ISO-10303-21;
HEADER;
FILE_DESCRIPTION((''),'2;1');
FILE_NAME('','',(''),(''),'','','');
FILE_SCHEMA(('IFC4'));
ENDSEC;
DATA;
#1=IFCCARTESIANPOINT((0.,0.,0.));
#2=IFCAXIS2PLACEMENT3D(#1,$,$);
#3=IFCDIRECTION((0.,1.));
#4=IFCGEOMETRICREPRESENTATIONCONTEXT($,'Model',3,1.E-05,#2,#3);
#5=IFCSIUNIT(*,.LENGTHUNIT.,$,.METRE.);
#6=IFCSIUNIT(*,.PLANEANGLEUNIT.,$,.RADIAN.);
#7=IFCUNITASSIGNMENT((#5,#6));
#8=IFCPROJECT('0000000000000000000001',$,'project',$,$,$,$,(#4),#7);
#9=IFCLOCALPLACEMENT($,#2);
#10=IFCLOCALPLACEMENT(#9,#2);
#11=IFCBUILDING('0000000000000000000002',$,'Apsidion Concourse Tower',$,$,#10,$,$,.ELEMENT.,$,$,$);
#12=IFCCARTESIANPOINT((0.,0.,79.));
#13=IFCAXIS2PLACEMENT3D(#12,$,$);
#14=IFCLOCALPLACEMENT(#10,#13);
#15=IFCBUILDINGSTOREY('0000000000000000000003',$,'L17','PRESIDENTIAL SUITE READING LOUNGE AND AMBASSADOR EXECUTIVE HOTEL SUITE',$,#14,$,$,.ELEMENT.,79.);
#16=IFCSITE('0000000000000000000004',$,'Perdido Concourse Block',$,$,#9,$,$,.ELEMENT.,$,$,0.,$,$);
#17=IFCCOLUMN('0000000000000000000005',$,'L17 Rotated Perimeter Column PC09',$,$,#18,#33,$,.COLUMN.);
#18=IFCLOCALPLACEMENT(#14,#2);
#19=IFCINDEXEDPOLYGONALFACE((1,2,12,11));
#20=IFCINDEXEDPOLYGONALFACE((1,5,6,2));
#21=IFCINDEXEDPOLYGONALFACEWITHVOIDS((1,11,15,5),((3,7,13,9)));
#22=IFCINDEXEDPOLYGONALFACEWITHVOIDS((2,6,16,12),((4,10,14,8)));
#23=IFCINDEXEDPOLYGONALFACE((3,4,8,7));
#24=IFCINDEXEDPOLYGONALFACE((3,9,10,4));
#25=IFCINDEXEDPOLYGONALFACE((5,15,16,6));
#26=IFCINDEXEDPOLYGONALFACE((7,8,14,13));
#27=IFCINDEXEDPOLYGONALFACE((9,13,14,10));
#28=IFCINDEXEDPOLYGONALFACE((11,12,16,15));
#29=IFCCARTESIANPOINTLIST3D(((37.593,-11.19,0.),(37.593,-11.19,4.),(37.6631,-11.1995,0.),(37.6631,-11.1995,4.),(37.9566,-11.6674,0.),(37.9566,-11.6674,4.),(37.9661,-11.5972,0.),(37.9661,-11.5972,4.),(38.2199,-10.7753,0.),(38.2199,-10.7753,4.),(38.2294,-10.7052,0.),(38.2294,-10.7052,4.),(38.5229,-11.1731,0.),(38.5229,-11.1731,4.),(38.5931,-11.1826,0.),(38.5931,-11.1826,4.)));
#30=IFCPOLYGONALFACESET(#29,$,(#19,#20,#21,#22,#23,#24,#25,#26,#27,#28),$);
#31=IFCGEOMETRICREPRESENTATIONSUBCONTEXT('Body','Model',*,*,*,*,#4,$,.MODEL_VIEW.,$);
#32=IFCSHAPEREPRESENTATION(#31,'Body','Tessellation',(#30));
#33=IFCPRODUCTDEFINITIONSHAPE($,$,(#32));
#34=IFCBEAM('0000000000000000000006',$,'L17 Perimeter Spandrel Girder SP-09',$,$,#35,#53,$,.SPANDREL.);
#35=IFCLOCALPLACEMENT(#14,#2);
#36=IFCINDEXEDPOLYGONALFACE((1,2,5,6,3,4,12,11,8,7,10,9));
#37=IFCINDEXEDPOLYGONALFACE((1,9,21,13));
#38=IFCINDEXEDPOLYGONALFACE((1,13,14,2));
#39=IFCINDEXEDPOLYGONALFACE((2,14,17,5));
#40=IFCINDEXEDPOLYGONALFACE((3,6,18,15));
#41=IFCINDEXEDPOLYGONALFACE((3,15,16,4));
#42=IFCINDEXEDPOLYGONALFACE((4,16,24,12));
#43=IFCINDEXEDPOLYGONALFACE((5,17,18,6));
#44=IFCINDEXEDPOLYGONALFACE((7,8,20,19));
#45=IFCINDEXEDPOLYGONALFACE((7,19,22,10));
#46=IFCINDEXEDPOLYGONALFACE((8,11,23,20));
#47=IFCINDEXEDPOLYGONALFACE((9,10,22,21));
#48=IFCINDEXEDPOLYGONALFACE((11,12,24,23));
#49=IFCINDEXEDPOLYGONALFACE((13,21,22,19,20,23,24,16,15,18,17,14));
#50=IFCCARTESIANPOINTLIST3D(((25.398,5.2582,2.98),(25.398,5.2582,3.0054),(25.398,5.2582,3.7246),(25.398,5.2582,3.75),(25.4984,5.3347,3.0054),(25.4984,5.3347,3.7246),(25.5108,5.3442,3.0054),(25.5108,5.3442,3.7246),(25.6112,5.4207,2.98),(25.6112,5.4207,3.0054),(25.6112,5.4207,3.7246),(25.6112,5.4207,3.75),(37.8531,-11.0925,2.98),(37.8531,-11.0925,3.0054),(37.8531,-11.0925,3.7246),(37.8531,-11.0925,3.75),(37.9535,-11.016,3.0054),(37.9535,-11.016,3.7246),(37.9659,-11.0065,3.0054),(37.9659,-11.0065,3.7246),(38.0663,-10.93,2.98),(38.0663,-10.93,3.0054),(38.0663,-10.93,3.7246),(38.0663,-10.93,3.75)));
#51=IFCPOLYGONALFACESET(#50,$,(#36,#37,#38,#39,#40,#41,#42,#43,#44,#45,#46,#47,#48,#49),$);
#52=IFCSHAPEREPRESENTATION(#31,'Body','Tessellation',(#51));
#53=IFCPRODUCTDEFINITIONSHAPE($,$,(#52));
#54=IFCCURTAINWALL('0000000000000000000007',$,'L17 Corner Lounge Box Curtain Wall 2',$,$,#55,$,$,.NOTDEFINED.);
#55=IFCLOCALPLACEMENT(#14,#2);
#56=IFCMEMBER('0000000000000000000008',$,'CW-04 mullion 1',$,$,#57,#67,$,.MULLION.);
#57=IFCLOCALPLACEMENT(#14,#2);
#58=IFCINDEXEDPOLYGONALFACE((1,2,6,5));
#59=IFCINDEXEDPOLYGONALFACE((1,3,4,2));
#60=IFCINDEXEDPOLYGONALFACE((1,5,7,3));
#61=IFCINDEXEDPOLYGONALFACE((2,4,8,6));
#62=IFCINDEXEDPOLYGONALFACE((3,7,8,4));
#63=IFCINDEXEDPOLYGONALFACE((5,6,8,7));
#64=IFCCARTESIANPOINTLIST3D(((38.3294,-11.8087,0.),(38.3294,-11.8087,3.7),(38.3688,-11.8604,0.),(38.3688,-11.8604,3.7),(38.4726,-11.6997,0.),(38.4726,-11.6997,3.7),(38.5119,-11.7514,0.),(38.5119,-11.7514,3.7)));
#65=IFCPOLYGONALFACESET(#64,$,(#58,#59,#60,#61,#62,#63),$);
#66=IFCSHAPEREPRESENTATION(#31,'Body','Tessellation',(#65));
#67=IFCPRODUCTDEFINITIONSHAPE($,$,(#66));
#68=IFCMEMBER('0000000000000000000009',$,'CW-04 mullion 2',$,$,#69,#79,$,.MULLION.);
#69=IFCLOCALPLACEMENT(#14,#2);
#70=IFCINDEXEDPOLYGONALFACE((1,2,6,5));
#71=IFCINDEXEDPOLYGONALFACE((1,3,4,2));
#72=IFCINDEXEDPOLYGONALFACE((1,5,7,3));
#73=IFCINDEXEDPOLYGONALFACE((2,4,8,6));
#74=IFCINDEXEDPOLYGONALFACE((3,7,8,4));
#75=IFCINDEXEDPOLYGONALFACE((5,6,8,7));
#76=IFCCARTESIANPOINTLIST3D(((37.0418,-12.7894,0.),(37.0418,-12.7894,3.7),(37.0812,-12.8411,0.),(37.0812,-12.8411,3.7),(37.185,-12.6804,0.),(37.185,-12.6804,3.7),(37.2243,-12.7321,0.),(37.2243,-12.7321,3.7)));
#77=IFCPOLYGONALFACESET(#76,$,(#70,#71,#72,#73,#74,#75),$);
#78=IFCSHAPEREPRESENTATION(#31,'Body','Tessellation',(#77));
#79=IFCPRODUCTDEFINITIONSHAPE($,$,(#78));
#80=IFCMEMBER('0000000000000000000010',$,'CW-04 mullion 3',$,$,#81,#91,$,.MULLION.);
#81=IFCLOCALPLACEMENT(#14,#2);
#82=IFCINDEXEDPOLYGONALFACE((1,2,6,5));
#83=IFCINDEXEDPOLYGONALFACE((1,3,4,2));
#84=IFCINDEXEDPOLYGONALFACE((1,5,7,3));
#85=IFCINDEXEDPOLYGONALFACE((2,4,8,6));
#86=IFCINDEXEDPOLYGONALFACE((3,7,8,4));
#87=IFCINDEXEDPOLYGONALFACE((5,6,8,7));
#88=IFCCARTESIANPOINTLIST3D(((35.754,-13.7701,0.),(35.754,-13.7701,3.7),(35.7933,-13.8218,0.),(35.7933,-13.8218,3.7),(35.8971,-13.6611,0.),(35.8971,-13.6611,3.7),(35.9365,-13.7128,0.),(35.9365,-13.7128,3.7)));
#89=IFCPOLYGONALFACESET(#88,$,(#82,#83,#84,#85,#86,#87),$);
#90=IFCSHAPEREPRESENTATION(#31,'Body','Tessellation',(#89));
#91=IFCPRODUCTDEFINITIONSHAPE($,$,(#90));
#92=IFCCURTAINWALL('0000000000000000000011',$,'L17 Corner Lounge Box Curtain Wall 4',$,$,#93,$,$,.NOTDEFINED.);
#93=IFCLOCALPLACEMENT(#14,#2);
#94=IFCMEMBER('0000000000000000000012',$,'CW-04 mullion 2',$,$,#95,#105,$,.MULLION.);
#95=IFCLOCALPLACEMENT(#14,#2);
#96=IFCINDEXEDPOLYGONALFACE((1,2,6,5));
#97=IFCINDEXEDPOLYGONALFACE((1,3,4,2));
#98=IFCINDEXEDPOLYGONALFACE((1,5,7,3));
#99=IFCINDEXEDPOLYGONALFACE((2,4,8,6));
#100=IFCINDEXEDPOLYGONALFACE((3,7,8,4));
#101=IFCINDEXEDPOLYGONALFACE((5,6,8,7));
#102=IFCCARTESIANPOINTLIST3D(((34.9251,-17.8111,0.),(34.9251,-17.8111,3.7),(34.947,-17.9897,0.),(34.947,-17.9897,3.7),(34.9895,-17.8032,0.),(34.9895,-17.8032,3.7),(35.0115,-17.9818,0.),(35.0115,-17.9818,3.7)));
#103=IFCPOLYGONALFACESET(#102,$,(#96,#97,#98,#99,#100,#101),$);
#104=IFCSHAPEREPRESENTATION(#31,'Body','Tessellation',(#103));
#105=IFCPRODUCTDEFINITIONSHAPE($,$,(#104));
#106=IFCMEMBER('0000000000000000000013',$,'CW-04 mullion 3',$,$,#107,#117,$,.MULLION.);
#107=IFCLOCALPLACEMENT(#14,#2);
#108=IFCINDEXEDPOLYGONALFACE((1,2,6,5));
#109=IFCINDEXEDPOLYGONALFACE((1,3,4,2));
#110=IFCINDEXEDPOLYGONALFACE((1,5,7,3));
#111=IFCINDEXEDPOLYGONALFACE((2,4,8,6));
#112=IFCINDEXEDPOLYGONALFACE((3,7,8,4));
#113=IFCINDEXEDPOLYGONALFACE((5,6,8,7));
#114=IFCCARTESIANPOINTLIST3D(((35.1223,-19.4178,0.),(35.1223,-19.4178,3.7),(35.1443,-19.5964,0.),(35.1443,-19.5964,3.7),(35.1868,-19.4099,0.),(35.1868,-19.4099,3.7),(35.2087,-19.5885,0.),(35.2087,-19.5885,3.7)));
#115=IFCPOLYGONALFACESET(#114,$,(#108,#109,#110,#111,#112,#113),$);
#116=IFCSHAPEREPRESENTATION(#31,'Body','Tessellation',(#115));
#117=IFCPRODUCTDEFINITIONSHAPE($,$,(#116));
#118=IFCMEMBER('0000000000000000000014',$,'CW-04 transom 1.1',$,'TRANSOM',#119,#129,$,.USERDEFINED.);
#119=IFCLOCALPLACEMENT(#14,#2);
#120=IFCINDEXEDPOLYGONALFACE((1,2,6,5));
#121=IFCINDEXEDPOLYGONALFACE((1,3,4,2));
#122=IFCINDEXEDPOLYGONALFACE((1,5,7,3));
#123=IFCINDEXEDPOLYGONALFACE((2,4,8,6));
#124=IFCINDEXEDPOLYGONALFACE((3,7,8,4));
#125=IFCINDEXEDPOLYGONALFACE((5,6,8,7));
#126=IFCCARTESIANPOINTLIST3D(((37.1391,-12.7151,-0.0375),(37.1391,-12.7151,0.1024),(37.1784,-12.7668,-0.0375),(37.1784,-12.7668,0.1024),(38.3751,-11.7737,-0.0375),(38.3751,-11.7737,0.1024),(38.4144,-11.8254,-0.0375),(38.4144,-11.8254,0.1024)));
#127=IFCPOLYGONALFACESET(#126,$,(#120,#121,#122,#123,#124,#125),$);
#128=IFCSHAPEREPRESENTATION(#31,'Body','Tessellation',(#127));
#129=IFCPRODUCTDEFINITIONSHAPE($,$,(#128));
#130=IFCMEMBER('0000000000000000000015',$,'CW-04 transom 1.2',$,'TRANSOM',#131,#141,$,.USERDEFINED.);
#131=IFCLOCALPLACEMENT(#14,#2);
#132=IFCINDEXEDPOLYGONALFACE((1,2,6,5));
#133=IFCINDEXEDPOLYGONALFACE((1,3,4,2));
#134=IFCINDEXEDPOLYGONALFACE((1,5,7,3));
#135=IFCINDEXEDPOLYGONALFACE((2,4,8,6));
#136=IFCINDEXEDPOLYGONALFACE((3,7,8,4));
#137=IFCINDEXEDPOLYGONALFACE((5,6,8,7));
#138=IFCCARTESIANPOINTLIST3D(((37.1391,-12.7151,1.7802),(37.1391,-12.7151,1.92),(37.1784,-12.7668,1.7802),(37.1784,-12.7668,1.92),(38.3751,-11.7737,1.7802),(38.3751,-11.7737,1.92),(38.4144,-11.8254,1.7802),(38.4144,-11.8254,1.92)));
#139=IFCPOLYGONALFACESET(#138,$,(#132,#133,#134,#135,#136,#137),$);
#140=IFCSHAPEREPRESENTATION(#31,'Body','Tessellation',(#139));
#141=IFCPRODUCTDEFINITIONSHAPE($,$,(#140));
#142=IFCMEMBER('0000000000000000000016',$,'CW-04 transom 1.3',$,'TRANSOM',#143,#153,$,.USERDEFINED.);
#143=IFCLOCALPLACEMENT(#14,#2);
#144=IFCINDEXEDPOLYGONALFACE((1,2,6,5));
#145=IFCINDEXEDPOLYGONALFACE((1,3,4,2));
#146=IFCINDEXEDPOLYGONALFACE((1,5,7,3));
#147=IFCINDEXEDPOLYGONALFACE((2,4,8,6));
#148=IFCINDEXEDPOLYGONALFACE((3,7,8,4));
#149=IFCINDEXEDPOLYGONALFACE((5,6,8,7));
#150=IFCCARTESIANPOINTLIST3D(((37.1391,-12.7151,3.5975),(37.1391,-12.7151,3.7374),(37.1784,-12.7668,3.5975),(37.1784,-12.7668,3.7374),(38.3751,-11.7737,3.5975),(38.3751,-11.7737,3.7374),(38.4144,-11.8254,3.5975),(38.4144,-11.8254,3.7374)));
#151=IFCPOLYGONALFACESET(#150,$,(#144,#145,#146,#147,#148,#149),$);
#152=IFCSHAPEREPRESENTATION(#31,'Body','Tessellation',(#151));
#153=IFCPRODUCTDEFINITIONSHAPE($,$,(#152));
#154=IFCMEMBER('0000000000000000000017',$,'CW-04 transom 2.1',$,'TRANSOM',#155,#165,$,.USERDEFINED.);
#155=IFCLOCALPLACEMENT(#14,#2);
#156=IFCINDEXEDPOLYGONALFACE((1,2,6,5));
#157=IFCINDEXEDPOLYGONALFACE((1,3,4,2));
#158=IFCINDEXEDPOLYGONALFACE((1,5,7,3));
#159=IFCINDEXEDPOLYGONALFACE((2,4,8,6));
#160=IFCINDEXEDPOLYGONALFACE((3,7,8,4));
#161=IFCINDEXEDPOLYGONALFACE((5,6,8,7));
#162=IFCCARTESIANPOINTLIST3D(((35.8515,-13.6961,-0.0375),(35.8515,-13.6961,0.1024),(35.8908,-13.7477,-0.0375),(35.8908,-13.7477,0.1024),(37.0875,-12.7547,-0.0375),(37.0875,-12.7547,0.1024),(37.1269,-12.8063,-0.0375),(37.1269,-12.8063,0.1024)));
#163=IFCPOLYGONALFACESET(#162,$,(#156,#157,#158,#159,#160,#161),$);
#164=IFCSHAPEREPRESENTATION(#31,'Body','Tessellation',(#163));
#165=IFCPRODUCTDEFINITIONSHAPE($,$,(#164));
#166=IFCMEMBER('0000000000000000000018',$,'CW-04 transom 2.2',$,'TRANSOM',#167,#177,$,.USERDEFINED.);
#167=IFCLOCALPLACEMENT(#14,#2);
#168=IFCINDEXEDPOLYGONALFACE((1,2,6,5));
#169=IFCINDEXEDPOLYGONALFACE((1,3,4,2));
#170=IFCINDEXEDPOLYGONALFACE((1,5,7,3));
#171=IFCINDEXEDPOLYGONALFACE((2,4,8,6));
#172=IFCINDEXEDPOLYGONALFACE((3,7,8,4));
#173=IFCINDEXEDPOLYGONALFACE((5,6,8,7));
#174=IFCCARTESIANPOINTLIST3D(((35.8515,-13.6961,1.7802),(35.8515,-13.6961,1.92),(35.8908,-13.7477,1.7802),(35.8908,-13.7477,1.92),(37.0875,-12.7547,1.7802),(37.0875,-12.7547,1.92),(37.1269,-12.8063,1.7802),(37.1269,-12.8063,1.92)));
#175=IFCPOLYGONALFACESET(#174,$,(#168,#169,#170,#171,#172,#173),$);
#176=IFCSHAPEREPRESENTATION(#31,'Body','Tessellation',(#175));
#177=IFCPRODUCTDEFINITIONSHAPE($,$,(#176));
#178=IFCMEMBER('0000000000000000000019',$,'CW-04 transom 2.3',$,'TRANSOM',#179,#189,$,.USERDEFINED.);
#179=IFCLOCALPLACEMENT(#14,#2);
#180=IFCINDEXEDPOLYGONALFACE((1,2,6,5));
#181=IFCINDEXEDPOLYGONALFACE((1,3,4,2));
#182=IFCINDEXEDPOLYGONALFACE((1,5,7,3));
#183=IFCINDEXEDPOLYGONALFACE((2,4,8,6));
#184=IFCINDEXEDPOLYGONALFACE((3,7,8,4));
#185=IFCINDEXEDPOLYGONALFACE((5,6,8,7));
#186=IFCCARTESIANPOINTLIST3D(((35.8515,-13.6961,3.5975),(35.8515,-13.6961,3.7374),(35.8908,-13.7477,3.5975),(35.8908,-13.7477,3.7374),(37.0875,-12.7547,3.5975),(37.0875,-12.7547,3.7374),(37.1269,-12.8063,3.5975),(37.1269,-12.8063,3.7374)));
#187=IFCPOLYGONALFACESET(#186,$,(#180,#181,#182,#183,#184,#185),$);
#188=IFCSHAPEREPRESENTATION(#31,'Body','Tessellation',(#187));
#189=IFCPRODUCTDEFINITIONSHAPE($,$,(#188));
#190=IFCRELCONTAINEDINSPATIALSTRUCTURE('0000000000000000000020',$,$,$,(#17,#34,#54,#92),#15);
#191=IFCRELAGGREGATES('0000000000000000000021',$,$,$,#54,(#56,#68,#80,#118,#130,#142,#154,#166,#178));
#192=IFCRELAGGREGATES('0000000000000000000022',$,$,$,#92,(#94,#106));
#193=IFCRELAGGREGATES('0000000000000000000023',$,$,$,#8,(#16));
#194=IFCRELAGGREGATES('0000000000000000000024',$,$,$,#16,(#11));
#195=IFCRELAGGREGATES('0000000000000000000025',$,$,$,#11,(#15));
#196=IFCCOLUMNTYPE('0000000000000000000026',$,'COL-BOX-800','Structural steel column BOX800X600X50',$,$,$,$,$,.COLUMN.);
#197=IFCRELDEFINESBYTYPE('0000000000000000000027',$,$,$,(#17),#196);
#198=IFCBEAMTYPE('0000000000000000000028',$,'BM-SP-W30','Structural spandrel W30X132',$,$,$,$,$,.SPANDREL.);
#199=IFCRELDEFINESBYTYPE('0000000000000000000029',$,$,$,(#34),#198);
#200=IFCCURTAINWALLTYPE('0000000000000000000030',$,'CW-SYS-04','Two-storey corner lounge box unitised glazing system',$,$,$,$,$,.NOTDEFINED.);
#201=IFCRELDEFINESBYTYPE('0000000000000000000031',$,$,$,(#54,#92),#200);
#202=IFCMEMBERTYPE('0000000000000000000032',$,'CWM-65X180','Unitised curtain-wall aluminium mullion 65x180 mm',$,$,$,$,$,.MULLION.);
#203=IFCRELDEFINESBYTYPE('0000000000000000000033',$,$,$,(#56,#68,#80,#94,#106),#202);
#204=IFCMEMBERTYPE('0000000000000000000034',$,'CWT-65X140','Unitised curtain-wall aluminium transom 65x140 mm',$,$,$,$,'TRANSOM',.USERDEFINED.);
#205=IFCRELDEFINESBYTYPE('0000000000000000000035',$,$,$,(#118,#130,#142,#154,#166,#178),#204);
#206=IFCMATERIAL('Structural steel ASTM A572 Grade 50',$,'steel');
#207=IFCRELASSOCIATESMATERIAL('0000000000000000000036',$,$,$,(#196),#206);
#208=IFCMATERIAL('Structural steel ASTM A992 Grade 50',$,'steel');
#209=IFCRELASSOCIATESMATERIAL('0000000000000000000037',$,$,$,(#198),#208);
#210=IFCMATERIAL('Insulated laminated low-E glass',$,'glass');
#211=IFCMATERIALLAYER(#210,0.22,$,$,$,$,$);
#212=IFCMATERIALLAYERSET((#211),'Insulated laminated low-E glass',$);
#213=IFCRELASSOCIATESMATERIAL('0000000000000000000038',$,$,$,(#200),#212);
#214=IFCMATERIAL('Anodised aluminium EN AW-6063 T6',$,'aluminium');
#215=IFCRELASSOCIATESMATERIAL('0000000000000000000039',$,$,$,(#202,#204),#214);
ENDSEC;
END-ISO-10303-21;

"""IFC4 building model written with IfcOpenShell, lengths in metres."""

from ifc_helpers import new_model, si_unit, direction, frame, origin, origin_2d, place, context, subcontext, project, spatial, rectangle, hollow_rectangle, i_section, extrude, material, layer, layer_set, material_profile, profile_set, type_object, element, aggregate, save


model = new_model("IFC4")

# Units and contexts
model_context = context("Model", 3, precision=1e-05, world=origin(), true_north=direction((0.0, 1.0)))
body_context = subcontext(model_context, "Body", "Model", "MODEL_VIEW")
ifc_project = project(units=[si_unit("LENGTHUNIT", "METRE"), si_unit("PLANEANGLEUNIT", "RADIAN")], contexts=[model_context])

# Site, building, storey
site_placement = place(None, origin())
site = spatial("IfcSite", under=ifc_project, at=site_placement, Name="Perdido Concourse Block", CompositionType="ELEMENT", RefElevation=0.0)
building_placement = place(site_placement, origin())
building = spatial("IfcBuilding", under=site, at=building_placement, Name="Apsidion Concourse Tower", CompositionType="ELEMENT")
storey_placement = place(building_placement, frame((0.0, 0.0, 79.0)))
storey = spatial("IfcBuildingStorey", under=building, at=storey_placement, Name="L17", Description="PRESIDENTIAL SUITE READING LOUNGE AND AMBASSADOR EXECUTIVE HOTEL SUITE", CompositionType="ELEMENT", Elevation=79.0)

# Column
ifc_material_1 = material(Name="Structural steel ASTM A572 Grade 50", Category="steel")
ifc_material_profile_1 = material_profile(ifc_material_1, hollow_rectangle(XDim=0.6001, YDim=0.8, WallThickness=0.05, at=origin_2d()), Name="BOX800X600X50")
ifc_profile_set_1 = profile_set([ifc_material_profile_1], Name="Structural steel ASTM A572 Grade 50")
column_type = type_object("IfcColumnType", Name="COL-BOX-800", Description="Structural steel column BOX800X600X50", PredefinedType="COLUMN", material=ifc_profile_set_1)
column_placement = place(storey_placement, frame((38.093, -11.1863, 0.0), z_axis=(0.0, 0.0, 1.0), x_axis=(-0.605988, 0.795473, 0.0)))
element("IfcColumn", 1, at=column_placement, inside=storey, type_object=column_type, Name="L17 Rotated Perimeter Column PC09", PredefinedType="COLUMN", context=body_context, shape_type="SweptSolid", body=[
    extrude(hollow_rectangle(XDim=0.6001, YDim=0.8, WallThickness=0.05, at=origin_2d()), origin(), (0.0, 0.0, 1.0), 4.0),
])

# Beam
ifc_material_2 = material(Name="Structural steel ASTM A992 Grade 50", Category="steel")
ifc_material_profile_2 = material_profile(ifc_material_2, i_section(OverallWidth=0.2681, OverallDepth=0.77, WebThickness=0.0156, FlangeThickness=0.0254, at=origin_2d()), Name="W30X132")
ifc_profile_set_2 = profile_set([ifc_material_profile_2], Name="Structural steel ASTM A992 Grade 50")
beam_type = type_object("IfcBeamType", Name="BM-SP-W30", Description="Structural spandrel W30X132", PredefinedType="SPANDREL", material=ifc_profile_set_2)
beam_placement = place(storey_placement, frame((37.9597, -11.0112, 3.365), z_axis=(-0.605966, 0.795491, 0.0), x_axis=(-0.795491, -0.605966, 0.0)))
element("IfcBeam", 2, at=beam_placement, inside=storey, type_object=beam_type, Name="L17 Perimeter Spandrel Girder SP-09", PredefinedType="SPANDREL", context=body_context, shape_type="SweptSolid", body=[
    extrude(i_section(OverallWidth=0.2681, OverallDepth=0.77, WebThickness=0.0156, FlangeThickness=0.0254, at=origin_2d()), origin(), (0.0, 0.0, 1.0), 20.5542),
])

# Curtain walls, members
ifc_material_3 = material(Name="Insulated laminated low-E glass", Category="glass")
ifc_layer_1 = layer(ifc_material_3, 0.22)
ifc_layer_set_1 = layer_set([ifc_layer_1], Name="Insulated laminated low-E glass")
curtain_wall_type = type_object("IfcCurtainWallType", Name="CW-SYS-04", Description="Two-storey corner lounge box unitised glazing system", PredefinedType="NOTDEFINED", material=ifc_layer_set_1)
curtain_wall_1_placement = place(storey_placement, origin())
curtain_wall_1 = element("IfcCurtainWall", 3, at=curtain_wall_1_placement, inside=storey, type_object=curtain_wall_type, Name="L17 Corner Lounge Box Curtain Wall 2", PredefinedType="NOTDEFINED")
ifc_material_4 = material(Name="Anodised aluminium EN AW-6063 T6", Category="aluminium")
ifc_material_profile_3 = material_profile(ifc_material_4, rectangle(XDim=0.0649, YDim=0.1799, at=origin_2d()), Name="ALU MULLION 65x180")
ifc_profile_set_3 = profile_set([ifc_material_profile_3], Name="Anodised aluminium EN AW-6063 T6")
member_type_1 = type_object("IfcMemberType", Name="CWM-65X180", Description="Unitised curtain-wall aluminium mullion 65x180 mm", PredefinedType="MULLION", material=ifc_profile_set_3)
member_1_placement = place(storey_placement, frame((38.4207, -11.78, 0.0), z_axis=(0.0, 0.0, 1.0), x_axis=(0.60588, -0.795556, 0.0)))
member_1 = element("IfcMember", 4, at=member_1_placement, type_object=member_type_1, Name="CW-04 mullion 1", PredefinedType="MULLION", context=body_context, shape_type="SweptSolid", body=[
    extrude(rectangle(XDim=0.0649, YDim=0.1799, at=origin_2d()), origin(), (0.0, 0.0, 1.0), 3.7),
])
member_2_placement = place(storey_placement, frame((37.1331, -12.7607, 0.0), z_axis=(0.0, 0.0, 1.0), x_axis=(0.60588, -0.795556, 0.0)))
member_2 = element("IfcMember", 5, at=member_2_placement, type_object=member_type_1, Name="CW-04 mullion 2", PredefinedType="MULLION", context=body_context, shape_type="SweptSolid", body=[
    extrude(rectangle(XDim=0.0649, YDim=0.1799, at=origin_2d()), origin(), (0.0, 0.0, 1.0), 3.7),
])
member_3_placement = place(storey_placement, frame((35.8452, -13.7415, 0.0), z_axis=(0.0, 0.0, 1.0), x_axis=(0.60588, -0.795556, 0.0)))
member_3 = element("IfcMember", 6, at=member_3_placement, type_object=member_type_1, Name="CW-04 mullion 3", PredefinedType="MULLION", context=body_context, shape_type="SweptSolid", body=[
    extrude(rectangle(XDim=0.0649, YDim=0.1799, at=origin_2d()), origin(), (0.0, 0.0, 1.0), 3.7),
])
curtain_wall_2_placement = place(storey_placement, origin())
curtain_wall_2 = element("IfcCurtainWall", 7, at=curtain_wall_2_placement, inside=storey, type_object=curtain_wall_type, Name="L17 Corner Lounge Box Curtain Wall 4", PredefinedType="NOTDEFINED")
member_4_placement = place(storey_placement, frame((34.9683, -17.8965, 0.0), z_axis=(0.0, 0.0, 1.0), x_axis=(0.992545, 0.121877, 0.0)))
member_4 = element("IfcMember", 8, at=member_4_placement, type_object=member_type_1, Name="CW-04 mullion 2", PredefinedType="MULLION", context=body_context, shape_type="SweptSolid", body=[
    extrude(rectangle(XDim=0.0649, YDim=0.1799, at=origin_2d()), origin(), (0.0, 0.0, 1.0), 3.7),
])
member_5_placement = place(storey_placement, frame((35.1655, -19.5032, 0.0), z_axis=(0.0, 0.0, 1.0), x_axis=(0.992545, 0.121877, 0.0)))
member_5 = element("IfcMember", 9, at=member_5_placement, type_object=member_type_1, Name="CW-04 mullion 3", PredefinedType="MULLION", context=body_context, shape_type="SweptSolid", body=[
    extrude(rectangle(XDim=0.0649, YDim=0.1799, at=origin_2d()), origin(), (0.0, 0.0, 1.0), 3.7),
])

# Members
ifc_material_profile_4 = material_profile(ifc_material_4, rectangle(XDim=0.0649, YDim=0.1399, at=origin_2d()), Name="ALU TRANSOM 65x140")
ifc_profile_set_4 = profile_set([ifc_material_profile_4], Name="Anodised aluminium EN AW-6063 T6")
member_type_2 = type_object("IfcMemberType", Name="CWT-65X140", Description="Unitised curtain-wall aluminium transom 65x140 mm", ElementType="TRANSOM", PredefinedType="USERDEFINED", material=ifc_profile_set_4)
member_6_placement = place(storey_placement, frame((38.3948, -11.7996, 0.0325), z_axis=(-0.795547, -0.605892, 0.0), x_axis=(0.605892, -0.795547, 0.0)))
member_6 = element("IfcMember", 10, at=member_6_placement, type_object=member_type_2, Name="CW-04 transom 1.1", ObjectType="TRANSOM", PredefinedType="USERDEFINED", context=body_context, shape_type="SweptSolid", body=[
    extrude(rectangle(XDim=0.0649, YDim=0.1399, at=origin_2d()), origin(), (0.0, 0.0, 1.0), 1.5537),
])
member_7_placement = place(storey_placement, frame((38.3948, -11.7996, 1.8501), z_axis=(-0.795547, -0.605892, 0.0), x_axis=(0.605892, -0.795547, 0.0)))
member_7 = element("IfcMember", 11, at=member_7_placement, type_object=member_type_2, Name="CW-04 transom 1.2", ObjectType="TRANSOM", PredefinedType="USERDEFINED", context=body_context, shape_type="SweptSolid", body=[
    extrude(rectangle(XDim=0.0649, YDim=0.1399, at=origin_2d()), origin(), (0.0, 0.0, 1.0), 1.5537),
])
member_8_placement = place(storey_placement, frame((38.3948, -11.7996, 3.6675), z_axis=(-0.795547, -0.605892, 0.0), x_axis=(0.605892, -0.795547, 0.0)))
member_8 = element("IfcMember", 12, at=member_8_placement, type_object=member_type_2, Name="CW-04 transom 1.3", ObjectType="TRANSOM", PredefinedType="USERDEFINED", context=body_context, shape_type="SweptSolid", body=[
    extrude(rectangle(XDim=0.0649, YDim=0.1399, at=origin_2d()), origin(), (0.0, 0.0, 1.0), 1.5537),
])
member_9_placement = place(storey_placement, frame((37.1072, -12.7805, 0.0325), z_axis=(-0.795547, -0.605892, 0.0), x_axis=(0.605892, -0.795547, 0.0)))
member_9 = element("IfcMember", 13, at=member_9_placement, type_object=member_type_2, Name="CW-04 transom 2.1", ObjectType="TRANSOM", PredefinedType="USERDEFINED", context=body_context, shape_type="SweptSolid", body=[
    extrude(rectangle(XDim=0.0649, YDim=0.1399, at=origin_2d()), origin(), (0.0, 0.0, 1.0), 1.5537),
])
member_10_placement = place(storey_placement, frame((37.1072, -12.7805, 1.8501), z_axis=(-0.795547, -0.605892, 0.0), x_axis=(0.605892, -0.795547, 0.0)))
member_10 = element("IfcMember", 14, at=member_10_placement, type_object=member_type_2, Name="CW-04 transom 2.2", ObjectType="TRANSOM", PredefinedType="USERDEFINED", context=body_context, shape_type="SweptSolid", body=[
    extrude(rectangle(XDim=0.0649, YDim=0.1399, at=origin_2d()), origin(), (0.0, 0.0, 1.0), 1.5537),
])
member_11_placement = place(storey_placement, frame((37.1072, -12.7805, 3.6675), z_axis=(-0.795547, -0.605892, 0.0), x_axis=(0.605892, -0.795547, 0.0)))
member_11 = element("IfcMember", 15, at=member_11_placement, type_object=member_type_2, Name="CW-04 transom 2.3", ObjectType="TRANSOM", PredefinedType="USERDEFINED", context=body_context, shape_type="SweptSolid", body=[
    extrude(rectangle(XDim=0.0649, YDim=0.1399, at=origin_2d()), origin(), (0.0, 0.0, 1.0), 1.5537),
])

aggregate(curtain_wall_1, [member_1, member_2, member_3, member_6, member_7, member_8, member_9, member_10, member_11])
aggregate(curtain_wall_2, [member_4, member_5])

save(model, "model.ifc")
